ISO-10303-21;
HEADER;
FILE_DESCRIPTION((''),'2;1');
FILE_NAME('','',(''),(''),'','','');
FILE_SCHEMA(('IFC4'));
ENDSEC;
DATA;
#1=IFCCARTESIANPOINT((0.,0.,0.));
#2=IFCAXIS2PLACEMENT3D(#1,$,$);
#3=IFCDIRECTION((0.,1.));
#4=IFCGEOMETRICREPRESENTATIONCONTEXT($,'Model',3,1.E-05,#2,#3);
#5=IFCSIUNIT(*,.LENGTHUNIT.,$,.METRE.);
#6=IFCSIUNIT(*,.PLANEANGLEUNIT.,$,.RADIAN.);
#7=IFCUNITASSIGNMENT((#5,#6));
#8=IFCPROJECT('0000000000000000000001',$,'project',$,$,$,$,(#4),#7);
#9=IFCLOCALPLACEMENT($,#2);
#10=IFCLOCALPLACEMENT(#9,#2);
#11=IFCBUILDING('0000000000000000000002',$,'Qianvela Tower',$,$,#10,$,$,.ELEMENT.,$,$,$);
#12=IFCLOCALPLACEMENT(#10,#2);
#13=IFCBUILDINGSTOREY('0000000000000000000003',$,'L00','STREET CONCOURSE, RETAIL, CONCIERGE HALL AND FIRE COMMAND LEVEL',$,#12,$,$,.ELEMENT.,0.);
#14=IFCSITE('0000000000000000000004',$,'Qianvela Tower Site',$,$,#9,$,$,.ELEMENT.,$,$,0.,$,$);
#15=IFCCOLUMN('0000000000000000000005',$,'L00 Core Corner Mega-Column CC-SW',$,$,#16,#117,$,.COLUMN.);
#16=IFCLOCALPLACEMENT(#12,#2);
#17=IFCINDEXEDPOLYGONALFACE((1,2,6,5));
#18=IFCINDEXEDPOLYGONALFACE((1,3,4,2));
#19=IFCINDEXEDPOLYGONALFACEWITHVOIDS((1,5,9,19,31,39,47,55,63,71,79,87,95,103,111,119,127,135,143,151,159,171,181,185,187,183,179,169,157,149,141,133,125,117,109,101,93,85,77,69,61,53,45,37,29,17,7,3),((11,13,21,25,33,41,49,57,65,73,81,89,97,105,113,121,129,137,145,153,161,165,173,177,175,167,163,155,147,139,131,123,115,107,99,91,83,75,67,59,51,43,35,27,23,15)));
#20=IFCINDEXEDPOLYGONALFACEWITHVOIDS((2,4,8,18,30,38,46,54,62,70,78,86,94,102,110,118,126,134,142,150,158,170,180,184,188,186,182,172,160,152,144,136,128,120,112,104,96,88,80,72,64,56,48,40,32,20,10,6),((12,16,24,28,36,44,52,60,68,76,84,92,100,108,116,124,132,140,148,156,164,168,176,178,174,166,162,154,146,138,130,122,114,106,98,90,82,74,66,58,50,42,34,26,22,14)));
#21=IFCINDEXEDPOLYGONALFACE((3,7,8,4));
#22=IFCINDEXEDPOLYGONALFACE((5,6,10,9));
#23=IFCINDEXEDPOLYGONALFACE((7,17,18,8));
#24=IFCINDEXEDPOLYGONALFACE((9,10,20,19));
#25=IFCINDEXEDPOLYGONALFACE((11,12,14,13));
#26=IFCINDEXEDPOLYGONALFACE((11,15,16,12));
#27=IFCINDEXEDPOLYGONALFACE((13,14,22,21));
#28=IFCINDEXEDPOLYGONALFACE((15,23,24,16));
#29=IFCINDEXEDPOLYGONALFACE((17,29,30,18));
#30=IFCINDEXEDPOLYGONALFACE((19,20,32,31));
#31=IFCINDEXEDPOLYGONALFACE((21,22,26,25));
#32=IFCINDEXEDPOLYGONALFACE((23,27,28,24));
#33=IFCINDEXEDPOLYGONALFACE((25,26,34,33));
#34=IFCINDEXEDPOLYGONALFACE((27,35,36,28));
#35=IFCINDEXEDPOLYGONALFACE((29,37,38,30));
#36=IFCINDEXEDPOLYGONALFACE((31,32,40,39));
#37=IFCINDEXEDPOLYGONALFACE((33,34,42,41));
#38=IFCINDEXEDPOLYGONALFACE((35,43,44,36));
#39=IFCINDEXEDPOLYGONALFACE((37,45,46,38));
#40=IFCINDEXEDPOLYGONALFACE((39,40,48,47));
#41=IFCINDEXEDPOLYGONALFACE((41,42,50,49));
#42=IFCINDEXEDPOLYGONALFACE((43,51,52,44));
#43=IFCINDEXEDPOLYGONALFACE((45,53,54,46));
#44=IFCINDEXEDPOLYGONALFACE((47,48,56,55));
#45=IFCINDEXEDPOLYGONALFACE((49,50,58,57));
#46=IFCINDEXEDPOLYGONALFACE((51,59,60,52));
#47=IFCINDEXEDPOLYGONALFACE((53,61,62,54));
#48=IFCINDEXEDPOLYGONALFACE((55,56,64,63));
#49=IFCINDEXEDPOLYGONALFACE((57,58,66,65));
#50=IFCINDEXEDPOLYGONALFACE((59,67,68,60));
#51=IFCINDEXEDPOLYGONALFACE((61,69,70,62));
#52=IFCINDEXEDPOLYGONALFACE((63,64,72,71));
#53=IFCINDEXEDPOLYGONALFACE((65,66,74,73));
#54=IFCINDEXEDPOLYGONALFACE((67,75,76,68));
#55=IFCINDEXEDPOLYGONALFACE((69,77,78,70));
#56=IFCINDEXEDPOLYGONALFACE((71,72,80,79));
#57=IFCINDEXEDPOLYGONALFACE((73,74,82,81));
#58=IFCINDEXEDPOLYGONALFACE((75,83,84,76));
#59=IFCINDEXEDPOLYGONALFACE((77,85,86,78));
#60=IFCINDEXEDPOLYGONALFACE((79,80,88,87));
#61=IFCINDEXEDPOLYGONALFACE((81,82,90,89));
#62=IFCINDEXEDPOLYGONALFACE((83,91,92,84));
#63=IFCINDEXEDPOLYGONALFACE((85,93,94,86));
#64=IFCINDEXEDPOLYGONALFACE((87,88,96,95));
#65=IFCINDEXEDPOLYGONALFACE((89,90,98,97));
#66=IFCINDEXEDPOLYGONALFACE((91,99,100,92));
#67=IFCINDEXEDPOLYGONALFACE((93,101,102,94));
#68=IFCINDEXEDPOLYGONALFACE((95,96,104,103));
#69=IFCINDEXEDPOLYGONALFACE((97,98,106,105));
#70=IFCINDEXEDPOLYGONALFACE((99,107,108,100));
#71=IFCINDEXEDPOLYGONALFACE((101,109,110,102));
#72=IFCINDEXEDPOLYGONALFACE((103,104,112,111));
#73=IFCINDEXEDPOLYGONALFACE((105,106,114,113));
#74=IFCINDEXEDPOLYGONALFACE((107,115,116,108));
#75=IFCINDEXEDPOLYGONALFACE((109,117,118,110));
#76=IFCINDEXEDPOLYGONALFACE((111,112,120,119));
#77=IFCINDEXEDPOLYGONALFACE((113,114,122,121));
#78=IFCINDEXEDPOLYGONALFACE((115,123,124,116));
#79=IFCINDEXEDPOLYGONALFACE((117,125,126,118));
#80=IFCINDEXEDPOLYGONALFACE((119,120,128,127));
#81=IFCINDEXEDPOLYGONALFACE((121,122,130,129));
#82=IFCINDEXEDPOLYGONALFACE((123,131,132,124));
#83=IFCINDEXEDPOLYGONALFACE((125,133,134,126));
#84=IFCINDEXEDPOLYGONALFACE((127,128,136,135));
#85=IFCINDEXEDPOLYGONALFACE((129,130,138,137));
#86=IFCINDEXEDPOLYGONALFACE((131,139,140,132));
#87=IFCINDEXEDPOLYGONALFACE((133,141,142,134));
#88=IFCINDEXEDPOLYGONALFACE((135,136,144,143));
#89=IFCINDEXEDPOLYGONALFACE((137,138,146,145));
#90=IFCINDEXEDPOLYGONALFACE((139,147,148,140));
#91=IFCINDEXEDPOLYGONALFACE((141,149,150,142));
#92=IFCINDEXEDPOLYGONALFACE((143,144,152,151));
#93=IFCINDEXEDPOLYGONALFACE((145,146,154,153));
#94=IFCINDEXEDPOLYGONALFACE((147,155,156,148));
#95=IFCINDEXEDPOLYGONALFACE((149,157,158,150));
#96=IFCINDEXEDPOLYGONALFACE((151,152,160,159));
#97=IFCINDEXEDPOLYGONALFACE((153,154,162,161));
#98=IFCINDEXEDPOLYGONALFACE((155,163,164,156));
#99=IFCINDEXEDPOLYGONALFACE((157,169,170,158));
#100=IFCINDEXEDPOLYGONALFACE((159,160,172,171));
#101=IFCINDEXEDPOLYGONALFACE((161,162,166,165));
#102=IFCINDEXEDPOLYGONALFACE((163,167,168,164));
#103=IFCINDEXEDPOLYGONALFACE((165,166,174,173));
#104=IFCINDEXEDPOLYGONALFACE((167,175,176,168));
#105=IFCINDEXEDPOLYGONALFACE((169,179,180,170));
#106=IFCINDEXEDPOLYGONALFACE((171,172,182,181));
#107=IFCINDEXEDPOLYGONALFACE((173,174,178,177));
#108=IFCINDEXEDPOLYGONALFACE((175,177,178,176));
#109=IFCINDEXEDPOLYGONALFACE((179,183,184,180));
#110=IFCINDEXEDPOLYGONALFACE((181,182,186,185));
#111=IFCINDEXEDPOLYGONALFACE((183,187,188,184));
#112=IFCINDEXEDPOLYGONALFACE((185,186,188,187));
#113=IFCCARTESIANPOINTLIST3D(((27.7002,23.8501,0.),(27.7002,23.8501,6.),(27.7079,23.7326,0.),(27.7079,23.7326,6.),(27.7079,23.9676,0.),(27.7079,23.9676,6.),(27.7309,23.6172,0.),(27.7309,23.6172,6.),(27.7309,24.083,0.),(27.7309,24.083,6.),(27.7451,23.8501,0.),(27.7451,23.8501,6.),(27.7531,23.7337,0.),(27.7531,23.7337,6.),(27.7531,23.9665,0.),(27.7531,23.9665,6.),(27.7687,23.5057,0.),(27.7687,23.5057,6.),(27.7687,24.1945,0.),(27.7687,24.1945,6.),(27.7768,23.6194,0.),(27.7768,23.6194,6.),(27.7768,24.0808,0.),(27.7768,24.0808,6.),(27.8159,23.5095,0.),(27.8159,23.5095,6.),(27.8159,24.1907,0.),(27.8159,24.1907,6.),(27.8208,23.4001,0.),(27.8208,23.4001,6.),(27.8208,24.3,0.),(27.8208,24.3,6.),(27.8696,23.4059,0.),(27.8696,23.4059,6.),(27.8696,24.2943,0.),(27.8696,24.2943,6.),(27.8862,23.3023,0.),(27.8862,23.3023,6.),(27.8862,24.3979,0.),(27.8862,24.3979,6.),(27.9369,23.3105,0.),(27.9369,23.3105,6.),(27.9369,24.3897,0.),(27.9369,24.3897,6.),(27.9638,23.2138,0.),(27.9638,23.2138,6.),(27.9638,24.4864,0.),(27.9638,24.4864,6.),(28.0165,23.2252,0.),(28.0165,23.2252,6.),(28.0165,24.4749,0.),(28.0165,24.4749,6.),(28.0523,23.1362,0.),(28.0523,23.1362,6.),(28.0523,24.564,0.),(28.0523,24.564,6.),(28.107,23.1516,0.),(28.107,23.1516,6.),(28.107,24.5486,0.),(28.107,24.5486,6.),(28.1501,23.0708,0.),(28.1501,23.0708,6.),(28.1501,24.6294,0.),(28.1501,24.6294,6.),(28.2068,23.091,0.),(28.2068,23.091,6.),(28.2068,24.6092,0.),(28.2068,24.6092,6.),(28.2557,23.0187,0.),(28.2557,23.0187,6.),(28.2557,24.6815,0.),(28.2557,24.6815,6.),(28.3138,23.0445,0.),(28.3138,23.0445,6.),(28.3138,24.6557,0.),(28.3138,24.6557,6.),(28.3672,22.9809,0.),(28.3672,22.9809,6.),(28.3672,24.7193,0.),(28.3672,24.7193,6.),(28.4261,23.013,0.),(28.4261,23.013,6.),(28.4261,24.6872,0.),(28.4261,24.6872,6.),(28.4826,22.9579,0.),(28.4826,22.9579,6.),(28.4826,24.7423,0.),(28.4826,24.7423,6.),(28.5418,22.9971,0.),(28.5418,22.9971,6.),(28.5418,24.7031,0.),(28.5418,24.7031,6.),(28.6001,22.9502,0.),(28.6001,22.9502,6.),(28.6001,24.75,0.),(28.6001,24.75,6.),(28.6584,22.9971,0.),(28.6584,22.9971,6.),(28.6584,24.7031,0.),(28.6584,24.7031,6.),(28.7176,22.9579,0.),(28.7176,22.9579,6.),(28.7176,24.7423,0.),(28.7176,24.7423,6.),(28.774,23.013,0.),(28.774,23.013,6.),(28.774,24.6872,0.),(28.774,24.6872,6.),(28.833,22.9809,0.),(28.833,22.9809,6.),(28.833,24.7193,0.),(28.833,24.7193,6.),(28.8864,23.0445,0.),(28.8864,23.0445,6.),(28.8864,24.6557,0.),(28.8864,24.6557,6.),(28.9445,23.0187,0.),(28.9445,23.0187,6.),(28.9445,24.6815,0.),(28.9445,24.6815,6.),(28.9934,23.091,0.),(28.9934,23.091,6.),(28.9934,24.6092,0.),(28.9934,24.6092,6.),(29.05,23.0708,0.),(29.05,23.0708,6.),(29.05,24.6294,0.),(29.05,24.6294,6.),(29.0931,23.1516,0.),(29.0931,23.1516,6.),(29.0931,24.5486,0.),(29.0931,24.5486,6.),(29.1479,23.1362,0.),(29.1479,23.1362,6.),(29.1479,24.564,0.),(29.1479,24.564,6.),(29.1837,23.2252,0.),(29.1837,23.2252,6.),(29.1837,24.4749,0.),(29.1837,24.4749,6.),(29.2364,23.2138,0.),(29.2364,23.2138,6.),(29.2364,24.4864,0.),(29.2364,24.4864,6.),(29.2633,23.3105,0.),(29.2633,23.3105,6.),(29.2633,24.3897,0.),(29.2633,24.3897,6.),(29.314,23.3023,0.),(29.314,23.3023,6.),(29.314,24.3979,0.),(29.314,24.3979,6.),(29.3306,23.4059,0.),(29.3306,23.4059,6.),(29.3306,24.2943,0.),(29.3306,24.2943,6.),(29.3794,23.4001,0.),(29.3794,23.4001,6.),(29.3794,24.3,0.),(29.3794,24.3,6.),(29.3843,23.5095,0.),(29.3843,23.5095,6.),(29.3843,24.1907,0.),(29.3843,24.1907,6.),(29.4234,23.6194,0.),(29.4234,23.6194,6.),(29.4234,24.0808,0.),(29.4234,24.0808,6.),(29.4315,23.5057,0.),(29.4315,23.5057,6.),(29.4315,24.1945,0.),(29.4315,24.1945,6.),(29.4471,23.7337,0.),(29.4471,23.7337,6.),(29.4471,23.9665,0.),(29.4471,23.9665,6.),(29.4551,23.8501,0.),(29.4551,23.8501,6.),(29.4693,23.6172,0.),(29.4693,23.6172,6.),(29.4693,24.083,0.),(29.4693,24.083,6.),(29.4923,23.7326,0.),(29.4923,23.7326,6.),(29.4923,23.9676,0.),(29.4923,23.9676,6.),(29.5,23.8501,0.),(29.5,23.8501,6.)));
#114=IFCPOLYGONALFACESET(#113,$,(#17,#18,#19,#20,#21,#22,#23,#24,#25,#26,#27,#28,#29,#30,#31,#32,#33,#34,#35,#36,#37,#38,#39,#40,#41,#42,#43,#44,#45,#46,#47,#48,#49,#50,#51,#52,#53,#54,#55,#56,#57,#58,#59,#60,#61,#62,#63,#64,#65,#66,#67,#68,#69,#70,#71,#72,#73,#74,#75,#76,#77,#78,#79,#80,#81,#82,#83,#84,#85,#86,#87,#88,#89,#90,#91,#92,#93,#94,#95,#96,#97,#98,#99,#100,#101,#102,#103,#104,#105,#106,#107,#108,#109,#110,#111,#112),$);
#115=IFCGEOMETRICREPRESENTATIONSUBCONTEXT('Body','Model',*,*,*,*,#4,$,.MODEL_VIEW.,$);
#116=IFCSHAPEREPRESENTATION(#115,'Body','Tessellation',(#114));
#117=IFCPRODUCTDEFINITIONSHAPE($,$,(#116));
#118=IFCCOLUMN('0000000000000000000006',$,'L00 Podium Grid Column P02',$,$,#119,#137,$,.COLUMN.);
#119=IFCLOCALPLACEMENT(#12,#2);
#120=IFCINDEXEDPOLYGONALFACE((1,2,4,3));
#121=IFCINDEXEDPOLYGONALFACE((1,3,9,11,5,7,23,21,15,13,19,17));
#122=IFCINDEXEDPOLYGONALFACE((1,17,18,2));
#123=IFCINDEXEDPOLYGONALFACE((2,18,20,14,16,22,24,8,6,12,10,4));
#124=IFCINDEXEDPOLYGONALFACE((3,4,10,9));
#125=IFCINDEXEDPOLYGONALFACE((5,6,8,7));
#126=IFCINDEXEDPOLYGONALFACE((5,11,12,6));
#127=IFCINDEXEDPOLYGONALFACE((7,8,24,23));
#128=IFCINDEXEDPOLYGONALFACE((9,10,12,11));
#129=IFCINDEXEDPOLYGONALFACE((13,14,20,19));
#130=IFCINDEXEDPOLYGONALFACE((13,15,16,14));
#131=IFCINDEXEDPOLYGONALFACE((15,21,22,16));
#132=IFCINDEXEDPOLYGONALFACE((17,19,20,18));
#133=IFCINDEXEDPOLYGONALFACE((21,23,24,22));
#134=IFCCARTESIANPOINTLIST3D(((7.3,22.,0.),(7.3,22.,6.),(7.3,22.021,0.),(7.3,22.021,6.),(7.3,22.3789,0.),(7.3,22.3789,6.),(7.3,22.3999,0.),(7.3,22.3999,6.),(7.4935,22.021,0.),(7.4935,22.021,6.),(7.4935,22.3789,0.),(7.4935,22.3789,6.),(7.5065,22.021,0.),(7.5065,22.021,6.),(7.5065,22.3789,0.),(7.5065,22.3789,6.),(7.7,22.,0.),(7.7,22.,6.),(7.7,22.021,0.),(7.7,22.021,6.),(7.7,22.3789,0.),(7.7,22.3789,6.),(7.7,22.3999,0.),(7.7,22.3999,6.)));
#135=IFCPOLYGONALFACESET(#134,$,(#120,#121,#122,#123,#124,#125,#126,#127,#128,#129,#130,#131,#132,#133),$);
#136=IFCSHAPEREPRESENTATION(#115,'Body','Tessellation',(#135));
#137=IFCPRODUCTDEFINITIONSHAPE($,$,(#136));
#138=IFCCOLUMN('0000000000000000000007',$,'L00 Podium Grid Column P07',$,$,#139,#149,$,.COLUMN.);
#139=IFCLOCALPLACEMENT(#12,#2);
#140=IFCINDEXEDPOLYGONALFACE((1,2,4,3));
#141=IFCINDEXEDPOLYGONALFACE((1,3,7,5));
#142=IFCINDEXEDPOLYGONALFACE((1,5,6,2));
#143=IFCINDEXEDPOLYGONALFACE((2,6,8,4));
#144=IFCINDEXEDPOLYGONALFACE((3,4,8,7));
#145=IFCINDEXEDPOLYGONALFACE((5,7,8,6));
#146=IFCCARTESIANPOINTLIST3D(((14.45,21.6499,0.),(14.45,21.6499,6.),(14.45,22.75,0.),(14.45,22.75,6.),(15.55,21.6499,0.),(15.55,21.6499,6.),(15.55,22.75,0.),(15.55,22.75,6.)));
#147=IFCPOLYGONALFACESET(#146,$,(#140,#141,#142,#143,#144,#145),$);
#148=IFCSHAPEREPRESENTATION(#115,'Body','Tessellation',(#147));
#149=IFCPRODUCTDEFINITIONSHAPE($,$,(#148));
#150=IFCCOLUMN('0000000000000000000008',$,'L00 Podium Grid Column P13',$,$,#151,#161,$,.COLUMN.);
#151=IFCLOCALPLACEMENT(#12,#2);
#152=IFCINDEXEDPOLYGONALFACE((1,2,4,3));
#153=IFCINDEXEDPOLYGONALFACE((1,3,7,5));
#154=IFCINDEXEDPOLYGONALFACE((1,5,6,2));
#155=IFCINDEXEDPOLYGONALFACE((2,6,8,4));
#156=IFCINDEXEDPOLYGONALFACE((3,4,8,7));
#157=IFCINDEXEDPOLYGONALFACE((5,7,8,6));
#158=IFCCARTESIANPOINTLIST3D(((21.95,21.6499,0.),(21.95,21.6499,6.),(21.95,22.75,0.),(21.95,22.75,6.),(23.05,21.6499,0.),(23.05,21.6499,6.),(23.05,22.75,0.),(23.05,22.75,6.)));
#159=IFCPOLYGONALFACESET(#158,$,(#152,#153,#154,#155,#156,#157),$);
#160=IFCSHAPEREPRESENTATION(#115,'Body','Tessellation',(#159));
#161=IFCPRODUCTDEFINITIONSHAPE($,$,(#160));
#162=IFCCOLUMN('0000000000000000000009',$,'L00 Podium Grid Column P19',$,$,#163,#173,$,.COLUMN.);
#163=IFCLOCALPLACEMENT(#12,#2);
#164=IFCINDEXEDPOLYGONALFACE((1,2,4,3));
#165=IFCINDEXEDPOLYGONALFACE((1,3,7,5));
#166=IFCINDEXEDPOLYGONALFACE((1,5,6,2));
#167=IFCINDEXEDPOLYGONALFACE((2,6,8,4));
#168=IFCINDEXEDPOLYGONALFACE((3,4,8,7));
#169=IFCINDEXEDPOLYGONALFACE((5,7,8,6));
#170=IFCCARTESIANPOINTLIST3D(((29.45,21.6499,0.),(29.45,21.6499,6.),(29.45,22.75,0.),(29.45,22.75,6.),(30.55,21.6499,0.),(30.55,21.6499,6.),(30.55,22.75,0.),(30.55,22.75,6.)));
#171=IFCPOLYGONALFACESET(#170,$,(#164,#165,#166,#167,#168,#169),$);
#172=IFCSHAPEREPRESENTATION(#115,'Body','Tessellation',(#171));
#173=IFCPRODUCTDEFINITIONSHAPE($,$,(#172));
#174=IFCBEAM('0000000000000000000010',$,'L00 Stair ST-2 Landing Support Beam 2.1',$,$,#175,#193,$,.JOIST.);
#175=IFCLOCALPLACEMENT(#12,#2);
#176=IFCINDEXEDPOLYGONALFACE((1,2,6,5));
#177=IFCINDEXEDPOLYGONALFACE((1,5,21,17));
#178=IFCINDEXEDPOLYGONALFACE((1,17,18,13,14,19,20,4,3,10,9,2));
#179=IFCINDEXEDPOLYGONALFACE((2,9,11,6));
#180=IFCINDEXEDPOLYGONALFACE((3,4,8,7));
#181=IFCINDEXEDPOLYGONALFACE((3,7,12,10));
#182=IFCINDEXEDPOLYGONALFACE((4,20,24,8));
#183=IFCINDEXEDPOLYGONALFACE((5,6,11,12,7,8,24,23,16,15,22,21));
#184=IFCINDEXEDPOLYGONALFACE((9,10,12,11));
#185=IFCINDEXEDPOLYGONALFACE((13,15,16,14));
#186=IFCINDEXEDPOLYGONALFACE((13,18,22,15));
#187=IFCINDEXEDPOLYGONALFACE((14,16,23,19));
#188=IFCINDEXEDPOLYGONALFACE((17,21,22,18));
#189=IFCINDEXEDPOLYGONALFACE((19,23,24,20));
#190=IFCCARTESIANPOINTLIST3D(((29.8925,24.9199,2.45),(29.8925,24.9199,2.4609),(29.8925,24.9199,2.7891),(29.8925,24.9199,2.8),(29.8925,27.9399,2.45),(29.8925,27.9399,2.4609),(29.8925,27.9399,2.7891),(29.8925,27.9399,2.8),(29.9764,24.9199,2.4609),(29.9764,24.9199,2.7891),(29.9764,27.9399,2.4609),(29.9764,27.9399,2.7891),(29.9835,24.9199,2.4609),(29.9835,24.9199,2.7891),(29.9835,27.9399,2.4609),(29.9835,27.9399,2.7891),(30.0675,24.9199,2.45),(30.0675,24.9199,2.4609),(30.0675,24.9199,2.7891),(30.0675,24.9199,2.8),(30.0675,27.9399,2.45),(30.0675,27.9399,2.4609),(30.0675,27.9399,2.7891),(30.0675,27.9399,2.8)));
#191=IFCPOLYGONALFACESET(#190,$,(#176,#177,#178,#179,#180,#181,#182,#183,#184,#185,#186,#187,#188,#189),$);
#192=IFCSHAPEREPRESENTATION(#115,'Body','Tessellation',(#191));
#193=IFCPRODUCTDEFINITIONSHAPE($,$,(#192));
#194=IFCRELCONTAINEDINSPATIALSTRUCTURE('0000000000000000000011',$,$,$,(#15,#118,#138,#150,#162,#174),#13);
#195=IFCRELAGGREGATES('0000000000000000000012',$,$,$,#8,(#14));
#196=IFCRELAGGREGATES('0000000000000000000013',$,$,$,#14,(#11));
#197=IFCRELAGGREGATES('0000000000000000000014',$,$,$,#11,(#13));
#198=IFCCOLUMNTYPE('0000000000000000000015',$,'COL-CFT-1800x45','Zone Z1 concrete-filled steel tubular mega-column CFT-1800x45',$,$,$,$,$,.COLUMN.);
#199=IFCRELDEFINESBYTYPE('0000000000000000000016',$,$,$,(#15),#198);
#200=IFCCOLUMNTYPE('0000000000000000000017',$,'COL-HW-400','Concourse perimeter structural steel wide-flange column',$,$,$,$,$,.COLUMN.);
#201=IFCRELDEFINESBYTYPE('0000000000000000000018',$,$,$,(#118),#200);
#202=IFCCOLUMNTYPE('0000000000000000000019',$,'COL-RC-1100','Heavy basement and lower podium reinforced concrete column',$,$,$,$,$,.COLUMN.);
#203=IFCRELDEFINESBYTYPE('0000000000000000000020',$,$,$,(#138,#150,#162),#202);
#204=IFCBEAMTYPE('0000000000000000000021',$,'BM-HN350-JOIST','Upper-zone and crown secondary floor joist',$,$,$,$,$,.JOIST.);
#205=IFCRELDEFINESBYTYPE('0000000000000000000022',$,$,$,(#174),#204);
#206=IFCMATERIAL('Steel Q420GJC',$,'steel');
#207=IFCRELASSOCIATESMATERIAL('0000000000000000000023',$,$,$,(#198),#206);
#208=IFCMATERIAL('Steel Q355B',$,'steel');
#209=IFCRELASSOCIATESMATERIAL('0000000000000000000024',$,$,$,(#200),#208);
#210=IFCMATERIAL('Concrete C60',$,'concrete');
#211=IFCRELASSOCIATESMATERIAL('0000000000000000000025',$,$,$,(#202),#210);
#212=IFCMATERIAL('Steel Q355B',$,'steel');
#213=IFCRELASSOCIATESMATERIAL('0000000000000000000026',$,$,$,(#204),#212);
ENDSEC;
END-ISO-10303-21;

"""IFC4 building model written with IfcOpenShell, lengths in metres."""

from ifc_helpers import new_model, si_unit, direction, frame, origin, origin_2d, place, context, subcontext, project, spatial, rectangle, hollow_circle, i_section, extrude, material, material_profile, profile_set, type_object, element, save


model = new_model("IFC4")

# Units and contexts
model_context = context("Model", 3, precision=1e-05, world=origin(), true_north=direction((0.0, 1.0)))
body_context = subcontext(model_context, "Body", "Model", "MODEL_VIEW")
ifc_project = project(units=[si_unit("LENGTHUNIT", "METRE"), si_unit("PLANEANGLEUNIT", "RADIAN")], contexts=[model_context])

# Site, building, storey
site_placement = place(None, origin())
site = spatial("IfcSite", under=ifc_project, at=site_placement, Name="Qianvela Tower Site", CompositionType="ELEMENT", RefElevation=0.0)
building_placement = place(site_placement, origin())
building = spatial("IfcBuilding", under=site, at=building_placement, Name="Qianvela Tower", CompositionType="ELEMENT")
storey_placement = place(building_placement, origin())
storey = spatial("IfcBuildingStorey", under=building, at=storey_placement, Name="L00", Description="STREET CONCOURSE, RETAIL, CONCIERGE HALL AND FIRE COMMAND LEVEL", CompositionType="ELEMENT", Elevation=0.0)

# Columns
ifc_material_1 = material(Name="Steel Q420GJC", Category="steel")
ifc_material_profile_1 = material_profile(ifc_material_1, hollow_circle(Radius=0.8999, WallThickness=0.0449, at=origin_2d()), Name="CFT-1800x45")
ifc_profile_set_1 = profile_set([ifc_material_profile_1], Name="Steel Q420GJC")
column_type_1 = type_object("IfcColumnType", Name="COL-CFT-1800x45", Description="Zone Z1 concrete-filled steel tubular mega-column CFT-1800x45", PredefinedType="COLUMN", material=ifc_profile_set_1)
column_1_placement = place(storey_placement, frame((28.6001, 23.8501, 0.0), z_axis=(0.0, 0.0, 1.0), x_axis=(1.0, 0.0, 0.0)))
element("IfcColumn", 1, at=column_1_placement, inside=storey, type_object=column_type_1, Name="L00 Core Corner Mega-Column CC-SW", PredefinedType="COLUMN", context=body_context, shape_type="SweptSolid", body=[
    extrude(hollow_circle(Radius=0.8999, WallThickness=0.0449, at=origin_2d()), origin(), (0.0, 0.0, 1.0), 6.0),
])
ifc_material_2 = material(Name="Steel Q355B", Category="steel")
ifc_material_profile_2 = material_profile(ifc_material_2, i_section(OverallWidth=0.3999, OverallDepth=0.3999, WebThickness=0.0129, FlangeThickness=0.021, at=origin_2d()), Name="HW400x400x13x21")
ifc_profile_set_2 = profile_set([ifc_material_profile_2], Name="Steel Q355B")
column_type_2 = type_object("IfcColumnType", Name="COL-HW-400", Description="Concourse perimeter structural steel wide-flange column", PredefinedType="COLUMN", material=ifc_profile_set_2)
column_2_placement = place(storey_placement, frame((7.5, 22.2, 0.0), z_axis=(0.0, 0.0, 1.0), x_axis=(1.0, 0.0, 0.0)))
element("IfcColumn", 2, at=column_2_placement, inside=storey, type_object=column_type_2, Name="L00 Podium Grid Column P02", PredefinedType="COLUMN", context=body_context, shape_type="SweptSolid", body=[
    extrude(i_section(OverallWidth=0.3999, OverallDepth=0.3999, WebThickness=0.0129, FlangeThickness=0.021, at=origin_2d()), origin(), (0.0, 0.0, 1.0), 6.0),
])
ifc_material_3 = material(Name="Concrete C60", Category="concrete")
ifc_material_profile_3 = material_profile(ifc_material_3, rectangle(XDim=1.1001, YDim=1.1001, at=origin_2d()), Name="RC-COL-1100x1100")
ifc_profile_set_3 = profile_set([ifc_material_profile_3], Name="Concrete C60")
column_type_3 = type_object("IfcColumnType", Name="COL-RC-1100", Description="Heavy basement and lower podium reinforced concrete column", PredefinedType="COLUMN", material=ifc_profile_set_3)
for number, where, z_axis, x_axis, name in (
    (3, (15.0, 22.2, 0.0), (0.0, 0.0, 1.0), (1.0, 0.0, 0.0), "L00 Podium Grid Column P07"),
    (4, (22.5, 22.2, 0.0), (0.0, 0.0, 1.0), (1.0, 0.0, 0.0), "L00 Podium Grid Column P13"),
    (5, (30.0, 22.2, 0.0), (0.0, 0.0, 1.0), (1.0, 0.0, 0.0), "L00 Podium Grid Column P19"),
):
    element("IfcColumn", number, at=place(storey_placement, frame(where, z_axis=z_axis, x_axis=x_axis)), inside=storey, type_object=column_type_3, Name=name, PredefinedType="COLUMN", context=body_context, shape_type="SweptSolid", body=[
        extrude(rectangle(XDim=1.1001, YDim=1.1001, at=origin_2d()), origin(), (0.0, 0.0, 1.0), 6.0),
    ])

# Beam
ifc_material_4 = material(Name="Steel Q355B", Category="steel")
ifc_material_profile_4 = material_profile(ifc_material_4, i_section(OverallWidth=0.175, OverallDepth=0.3501, WebThickness=0.0071, FlangeThickness=0.011, at=origin_2d()), Name="HN350x175x7x11")
ifc_profile_set_4 = profile_set([ifc_material_profile_4], Name="Steel Q355B")
beam_type_1 = type_object("IfcBeamType", Name="BM-HN350-JOIST", Description="Upper-zone and crown secondary floor joist", PredefinedType="JOIST", material=ifc_profile_set_4)
for number, where, z_axis, x_axis, name in (
    (6, (29.98, 24.9199, 2.625), (0.0, 1.0, 0.0), (-1.0, 0.0, 0.0), "L00 Stair ST-2 Landing Support Beam 2.1"),
):
    element("IfcBeam", number, at=place(storey_placement, frame(where, z_axis=z_axis, x_axis=x_axis)), inside=storey, type_object=beam_type_1, Name=name, PredefinedType="JOIST", context=body_context, shape_type="SweptSolid", body=[
        extrude(i_section(OverallWidth=0.175, OverallDepth=0.3501, WebThickness=0.0071, FlangeThickness=0.011, at=origin_2d()), origin(), (0.0, 0.0, 1.0), 3.02),
    ])

save(model, "model.ifc")
